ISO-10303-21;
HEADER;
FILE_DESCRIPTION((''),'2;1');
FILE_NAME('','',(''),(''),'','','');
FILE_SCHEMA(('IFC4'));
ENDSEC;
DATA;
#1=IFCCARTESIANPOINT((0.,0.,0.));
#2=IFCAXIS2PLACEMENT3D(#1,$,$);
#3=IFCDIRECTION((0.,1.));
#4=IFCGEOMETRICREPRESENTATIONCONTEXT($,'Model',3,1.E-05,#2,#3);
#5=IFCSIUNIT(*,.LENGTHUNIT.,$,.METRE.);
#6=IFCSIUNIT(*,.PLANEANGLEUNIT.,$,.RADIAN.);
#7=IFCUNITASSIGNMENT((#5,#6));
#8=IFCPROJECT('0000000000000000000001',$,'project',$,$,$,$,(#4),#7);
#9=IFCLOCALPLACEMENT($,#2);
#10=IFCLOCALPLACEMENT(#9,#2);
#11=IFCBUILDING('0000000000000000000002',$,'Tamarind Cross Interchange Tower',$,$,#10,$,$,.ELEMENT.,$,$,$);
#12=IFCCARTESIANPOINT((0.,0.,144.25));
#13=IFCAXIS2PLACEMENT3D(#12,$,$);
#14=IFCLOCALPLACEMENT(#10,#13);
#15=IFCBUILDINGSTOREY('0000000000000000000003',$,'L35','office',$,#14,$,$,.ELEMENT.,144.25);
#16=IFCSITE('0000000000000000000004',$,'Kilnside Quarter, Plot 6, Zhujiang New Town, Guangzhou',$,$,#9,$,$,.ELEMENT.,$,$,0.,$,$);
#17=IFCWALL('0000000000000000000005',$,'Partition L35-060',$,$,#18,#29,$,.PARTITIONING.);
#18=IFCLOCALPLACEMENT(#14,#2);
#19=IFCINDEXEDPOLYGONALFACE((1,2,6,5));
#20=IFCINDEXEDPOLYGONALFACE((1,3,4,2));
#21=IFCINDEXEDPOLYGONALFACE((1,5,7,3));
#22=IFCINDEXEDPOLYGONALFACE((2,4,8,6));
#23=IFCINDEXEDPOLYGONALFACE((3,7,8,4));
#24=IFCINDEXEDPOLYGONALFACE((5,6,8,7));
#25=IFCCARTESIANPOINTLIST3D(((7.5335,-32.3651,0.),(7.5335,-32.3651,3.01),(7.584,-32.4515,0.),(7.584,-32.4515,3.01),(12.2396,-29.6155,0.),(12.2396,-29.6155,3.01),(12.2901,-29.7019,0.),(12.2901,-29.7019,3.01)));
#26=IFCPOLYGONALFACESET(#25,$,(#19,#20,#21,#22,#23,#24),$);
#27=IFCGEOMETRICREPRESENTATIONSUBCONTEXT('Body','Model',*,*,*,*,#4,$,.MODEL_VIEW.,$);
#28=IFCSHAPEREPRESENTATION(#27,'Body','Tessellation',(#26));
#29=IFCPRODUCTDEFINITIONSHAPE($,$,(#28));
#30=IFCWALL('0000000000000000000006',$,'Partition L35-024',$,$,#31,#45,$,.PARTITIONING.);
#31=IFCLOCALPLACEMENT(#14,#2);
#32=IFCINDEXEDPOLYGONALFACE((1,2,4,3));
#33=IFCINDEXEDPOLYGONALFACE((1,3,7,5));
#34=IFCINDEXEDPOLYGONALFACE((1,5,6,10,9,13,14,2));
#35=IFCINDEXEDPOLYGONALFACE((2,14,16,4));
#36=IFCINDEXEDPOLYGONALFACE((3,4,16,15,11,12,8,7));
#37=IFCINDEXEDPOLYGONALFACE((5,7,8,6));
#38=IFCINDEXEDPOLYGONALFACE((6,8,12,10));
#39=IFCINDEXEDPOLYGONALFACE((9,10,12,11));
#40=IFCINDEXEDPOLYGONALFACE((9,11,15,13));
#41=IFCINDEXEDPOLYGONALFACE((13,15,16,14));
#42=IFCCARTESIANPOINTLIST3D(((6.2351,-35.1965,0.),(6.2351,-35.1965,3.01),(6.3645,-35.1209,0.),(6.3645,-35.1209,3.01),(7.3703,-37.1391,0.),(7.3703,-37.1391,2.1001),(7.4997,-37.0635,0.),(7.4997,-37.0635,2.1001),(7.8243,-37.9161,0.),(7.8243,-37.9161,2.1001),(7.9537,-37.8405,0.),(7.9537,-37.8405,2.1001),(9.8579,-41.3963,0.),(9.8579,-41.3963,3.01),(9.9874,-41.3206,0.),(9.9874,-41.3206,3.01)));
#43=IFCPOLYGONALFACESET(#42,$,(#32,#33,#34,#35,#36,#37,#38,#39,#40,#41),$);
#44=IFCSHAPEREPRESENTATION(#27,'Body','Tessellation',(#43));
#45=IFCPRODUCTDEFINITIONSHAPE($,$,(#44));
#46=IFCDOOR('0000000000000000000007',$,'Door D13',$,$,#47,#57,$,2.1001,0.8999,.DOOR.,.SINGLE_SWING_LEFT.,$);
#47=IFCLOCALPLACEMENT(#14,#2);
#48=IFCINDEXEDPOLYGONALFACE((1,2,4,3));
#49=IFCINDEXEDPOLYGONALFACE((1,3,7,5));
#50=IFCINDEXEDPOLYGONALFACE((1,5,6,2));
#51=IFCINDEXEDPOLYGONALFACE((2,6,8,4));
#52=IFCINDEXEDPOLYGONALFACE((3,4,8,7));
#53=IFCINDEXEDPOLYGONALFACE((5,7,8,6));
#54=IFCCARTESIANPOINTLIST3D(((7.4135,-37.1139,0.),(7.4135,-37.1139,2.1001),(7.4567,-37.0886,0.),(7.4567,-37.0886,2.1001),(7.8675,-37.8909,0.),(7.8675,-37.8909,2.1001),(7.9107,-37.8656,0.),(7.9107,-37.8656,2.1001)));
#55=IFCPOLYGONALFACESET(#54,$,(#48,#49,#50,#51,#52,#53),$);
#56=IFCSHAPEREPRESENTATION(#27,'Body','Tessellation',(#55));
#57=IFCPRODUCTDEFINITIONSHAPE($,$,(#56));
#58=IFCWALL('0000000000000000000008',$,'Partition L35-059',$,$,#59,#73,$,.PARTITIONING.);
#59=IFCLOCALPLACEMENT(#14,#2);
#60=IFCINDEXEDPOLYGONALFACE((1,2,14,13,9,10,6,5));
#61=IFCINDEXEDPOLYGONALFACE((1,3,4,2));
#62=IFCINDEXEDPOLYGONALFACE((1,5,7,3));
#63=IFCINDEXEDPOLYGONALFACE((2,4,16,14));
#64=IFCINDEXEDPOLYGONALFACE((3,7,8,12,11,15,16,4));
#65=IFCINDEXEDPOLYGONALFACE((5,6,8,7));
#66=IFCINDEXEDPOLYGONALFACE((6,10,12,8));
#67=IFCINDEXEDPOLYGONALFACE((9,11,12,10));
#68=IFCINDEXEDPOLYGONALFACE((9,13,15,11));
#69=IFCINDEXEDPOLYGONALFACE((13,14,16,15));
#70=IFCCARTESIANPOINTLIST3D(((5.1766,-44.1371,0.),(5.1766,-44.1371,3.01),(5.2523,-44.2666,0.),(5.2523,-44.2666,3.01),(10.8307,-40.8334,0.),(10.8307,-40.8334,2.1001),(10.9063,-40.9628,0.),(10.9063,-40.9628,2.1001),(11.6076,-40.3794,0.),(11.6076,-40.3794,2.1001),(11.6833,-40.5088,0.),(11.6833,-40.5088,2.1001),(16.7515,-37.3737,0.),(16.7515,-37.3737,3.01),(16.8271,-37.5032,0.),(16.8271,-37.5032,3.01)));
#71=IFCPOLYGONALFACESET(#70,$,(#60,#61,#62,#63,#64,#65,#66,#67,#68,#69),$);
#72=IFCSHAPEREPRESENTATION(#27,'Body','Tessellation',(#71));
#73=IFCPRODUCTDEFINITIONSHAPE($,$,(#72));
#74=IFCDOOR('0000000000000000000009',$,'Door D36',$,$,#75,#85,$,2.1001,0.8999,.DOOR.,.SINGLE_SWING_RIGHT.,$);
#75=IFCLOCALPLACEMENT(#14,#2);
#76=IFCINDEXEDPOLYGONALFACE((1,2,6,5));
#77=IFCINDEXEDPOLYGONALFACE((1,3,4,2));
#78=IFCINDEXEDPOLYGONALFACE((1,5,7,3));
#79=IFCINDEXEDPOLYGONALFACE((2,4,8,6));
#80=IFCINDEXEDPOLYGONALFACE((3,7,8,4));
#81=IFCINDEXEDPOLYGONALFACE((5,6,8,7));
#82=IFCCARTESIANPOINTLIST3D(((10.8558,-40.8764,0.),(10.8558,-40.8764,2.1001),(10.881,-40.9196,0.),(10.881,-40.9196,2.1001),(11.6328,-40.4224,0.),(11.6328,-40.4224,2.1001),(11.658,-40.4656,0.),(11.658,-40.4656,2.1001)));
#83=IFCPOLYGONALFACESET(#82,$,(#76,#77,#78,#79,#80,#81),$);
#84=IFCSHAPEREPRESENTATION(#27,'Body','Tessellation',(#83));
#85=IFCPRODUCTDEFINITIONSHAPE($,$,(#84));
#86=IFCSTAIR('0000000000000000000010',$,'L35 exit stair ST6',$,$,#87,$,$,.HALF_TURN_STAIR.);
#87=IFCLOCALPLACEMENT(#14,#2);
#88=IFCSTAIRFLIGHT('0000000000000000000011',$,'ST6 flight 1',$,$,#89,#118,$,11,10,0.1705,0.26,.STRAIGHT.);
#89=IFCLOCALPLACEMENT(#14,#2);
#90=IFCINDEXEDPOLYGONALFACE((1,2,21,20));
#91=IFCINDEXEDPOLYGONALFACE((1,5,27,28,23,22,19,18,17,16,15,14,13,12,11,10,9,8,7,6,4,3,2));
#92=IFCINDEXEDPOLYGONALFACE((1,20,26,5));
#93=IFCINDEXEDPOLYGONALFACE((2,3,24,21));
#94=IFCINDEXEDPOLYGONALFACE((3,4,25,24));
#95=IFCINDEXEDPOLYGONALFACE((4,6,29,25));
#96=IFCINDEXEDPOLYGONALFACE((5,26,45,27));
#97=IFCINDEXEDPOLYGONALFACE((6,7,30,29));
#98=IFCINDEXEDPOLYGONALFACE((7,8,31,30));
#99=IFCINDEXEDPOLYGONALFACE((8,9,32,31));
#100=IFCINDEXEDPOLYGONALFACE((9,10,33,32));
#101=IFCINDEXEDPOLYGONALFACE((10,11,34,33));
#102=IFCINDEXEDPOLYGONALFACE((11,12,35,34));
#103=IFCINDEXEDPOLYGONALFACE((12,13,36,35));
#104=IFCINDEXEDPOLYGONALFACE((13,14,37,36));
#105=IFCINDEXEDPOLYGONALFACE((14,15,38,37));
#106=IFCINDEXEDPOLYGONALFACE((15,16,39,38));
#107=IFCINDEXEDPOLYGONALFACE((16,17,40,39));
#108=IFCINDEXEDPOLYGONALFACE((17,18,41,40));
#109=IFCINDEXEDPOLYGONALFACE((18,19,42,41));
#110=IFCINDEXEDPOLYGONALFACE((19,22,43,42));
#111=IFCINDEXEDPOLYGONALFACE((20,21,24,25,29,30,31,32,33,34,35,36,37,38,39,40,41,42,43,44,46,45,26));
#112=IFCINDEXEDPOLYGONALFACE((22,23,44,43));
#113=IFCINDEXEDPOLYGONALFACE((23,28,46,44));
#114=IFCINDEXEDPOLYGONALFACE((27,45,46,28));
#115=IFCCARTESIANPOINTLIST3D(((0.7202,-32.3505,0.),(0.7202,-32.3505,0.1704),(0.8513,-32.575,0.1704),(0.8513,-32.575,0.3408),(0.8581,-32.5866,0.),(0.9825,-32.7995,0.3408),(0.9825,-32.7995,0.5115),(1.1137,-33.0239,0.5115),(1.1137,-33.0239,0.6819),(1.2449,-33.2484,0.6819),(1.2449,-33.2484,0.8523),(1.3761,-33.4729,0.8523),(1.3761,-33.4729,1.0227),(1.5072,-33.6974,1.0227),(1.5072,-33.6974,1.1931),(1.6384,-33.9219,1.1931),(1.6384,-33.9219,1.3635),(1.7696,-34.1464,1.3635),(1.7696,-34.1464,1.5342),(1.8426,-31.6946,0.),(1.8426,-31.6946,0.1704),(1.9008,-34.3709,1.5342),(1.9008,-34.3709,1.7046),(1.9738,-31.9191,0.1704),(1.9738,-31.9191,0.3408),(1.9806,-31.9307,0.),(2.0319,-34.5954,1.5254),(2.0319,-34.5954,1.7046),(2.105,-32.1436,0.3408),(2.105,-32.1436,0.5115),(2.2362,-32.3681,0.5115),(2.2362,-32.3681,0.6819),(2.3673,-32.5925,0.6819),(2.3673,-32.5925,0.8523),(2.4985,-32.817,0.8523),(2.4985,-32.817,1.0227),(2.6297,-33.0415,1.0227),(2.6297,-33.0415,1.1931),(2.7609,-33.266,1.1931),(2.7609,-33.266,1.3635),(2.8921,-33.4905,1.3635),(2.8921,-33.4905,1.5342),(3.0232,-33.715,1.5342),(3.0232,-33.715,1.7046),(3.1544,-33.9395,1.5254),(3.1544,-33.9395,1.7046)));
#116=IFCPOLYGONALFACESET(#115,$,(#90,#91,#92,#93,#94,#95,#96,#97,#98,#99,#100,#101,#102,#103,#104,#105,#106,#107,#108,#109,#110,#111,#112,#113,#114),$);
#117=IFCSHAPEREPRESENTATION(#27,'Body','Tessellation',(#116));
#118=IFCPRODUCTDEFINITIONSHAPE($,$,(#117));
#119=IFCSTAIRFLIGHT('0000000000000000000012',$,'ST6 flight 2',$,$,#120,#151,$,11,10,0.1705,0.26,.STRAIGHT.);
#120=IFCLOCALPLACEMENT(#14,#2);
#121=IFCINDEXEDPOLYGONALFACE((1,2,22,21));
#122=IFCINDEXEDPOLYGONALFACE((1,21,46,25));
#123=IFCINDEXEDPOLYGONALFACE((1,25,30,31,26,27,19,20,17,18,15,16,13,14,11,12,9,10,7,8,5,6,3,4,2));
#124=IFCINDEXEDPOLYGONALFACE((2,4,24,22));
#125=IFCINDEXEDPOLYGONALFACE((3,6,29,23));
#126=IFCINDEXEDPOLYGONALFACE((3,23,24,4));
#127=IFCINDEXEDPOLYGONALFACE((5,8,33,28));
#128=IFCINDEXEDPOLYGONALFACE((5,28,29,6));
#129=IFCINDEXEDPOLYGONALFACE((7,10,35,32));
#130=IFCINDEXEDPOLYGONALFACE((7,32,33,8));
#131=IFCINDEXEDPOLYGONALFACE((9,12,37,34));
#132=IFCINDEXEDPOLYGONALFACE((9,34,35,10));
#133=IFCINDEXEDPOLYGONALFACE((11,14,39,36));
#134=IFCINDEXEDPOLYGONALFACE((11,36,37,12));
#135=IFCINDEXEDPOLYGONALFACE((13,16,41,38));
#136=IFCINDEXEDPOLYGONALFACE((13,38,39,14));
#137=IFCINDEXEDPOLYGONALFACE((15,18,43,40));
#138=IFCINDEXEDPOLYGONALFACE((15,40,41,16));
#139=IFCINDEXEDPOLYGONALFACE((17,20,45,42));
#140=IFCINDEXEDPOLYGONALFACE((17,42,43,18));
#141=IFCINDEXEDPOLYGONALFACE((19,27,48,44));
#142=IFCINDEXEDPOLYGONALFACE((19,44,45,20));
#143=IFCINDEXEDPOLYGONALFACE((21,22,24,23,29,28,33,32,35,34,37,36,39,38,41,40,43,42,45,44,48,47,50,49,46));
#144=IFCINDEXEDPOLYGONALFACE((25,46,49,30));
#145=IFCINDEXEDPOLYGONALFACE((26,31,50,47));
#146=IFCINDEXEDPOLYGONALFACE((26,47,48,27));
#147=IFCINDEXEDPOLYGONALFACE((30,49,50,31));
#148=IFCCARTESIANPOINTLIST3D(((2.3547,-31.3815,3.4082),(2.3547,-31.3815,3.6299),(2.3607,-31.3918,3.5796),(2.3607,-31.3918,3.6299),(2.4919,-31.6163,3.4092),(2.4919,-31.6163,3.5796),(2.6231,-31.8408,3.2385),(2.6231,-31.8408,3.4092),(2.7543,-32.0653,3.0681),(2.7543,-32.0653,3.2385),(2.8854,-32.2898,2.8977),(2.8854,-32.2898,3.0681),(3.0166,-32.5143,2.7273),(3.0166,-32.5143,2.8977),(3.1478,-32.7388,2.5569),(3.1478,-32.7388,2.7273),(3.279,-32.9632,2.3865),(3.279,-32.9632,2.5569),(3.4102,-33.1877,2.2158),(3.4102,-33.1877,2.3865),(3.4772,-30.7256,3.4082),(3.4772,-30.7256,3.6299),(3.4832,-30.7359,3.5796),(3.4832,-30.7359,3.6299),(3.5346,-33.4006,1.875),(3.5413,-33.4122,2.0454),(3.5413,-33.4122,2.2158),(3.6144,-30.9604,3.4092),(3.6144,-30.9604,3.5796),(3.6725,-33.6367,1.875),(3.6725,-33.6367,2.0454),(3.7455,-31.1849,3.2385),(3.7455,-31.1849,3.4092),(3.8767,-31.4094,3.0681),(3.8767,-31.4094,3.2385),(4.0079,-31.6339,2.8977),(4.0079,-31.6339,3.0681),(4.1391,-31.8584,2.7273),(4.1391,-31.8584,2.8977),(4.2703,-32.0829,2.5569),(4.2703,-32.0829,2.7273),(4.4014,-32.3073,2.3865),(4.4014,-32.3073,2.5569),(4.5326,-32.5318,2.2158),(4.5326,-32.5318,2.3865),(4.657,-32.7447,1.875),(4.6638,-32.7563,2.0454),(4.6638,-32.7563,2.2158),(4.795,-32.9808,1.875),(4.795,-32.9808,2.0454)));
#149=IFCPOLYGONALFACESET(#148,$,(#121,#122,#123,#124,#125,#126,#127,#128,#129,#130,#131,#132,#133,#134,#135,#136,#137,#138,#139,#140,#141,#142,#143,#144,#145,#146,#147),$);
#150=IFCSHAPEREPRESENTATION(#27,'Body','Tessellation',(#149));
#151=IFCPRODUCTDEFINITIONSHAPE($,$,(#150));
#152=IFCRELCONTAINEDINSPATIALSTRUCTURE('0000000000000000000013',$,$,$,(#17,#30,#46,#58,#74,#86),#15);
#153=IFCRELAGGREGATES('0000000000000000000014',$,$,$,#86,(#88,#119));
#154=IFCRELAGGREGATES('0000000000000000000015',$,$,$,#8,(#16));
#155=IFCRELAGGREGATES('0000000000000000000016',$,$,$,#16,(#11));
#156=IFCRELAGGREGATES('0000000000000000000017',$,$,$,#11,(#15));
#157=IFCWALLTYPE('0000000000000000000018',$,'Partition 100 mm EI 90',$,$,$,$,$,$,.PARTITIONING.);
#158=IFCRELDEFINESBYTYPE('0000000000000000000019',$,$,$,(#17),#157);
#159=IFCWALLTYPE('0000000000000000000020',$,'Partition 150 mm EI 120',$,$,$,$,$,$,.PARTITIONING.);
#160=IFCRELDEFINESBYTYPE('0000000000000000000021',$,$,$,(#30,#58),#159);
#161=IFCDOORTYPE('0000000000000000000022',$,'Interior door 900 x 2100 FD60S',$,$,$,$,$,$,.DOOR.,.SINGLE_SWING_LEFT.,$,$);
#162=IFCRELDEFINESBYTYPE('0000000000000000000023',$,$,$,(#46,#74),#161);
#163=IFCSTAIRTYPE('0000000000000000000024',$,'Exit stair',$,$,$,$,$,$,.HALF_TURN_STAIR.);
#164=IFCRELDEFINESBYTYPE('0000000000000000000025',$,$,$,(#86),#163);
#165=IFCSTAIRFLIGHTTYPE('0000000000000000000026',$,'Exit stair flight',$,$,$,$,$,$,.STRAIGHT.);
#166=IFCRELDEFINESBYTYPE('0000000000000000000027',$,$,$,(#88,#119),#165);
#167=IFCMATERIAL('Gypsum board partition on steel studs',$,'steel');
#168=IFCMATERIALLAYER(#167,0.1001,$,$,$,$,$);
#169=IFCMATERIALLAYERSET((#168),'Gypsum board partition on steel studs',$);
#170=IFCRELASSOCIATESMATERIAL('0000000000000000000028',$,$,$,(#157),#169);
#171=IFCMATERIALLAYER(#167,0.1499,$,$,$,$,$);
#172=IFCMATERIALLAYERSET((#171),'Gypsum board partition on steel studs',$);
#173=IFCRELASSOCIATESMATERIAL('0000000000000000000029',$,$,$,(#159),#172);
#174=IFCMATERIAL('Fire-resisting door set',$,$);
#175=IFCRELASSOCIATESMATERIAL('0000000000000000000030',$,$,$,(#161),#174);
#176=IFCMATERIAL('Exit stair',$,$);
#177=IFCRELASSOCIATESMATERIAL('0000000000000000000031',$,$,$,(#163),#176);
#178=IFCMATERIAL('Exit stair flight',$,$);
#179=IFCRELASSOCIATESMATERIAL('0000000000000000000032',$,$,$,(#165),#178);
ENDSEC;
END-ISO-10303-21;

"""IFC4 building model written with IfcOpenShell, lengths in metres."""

from ifc_helpers import new_model, si_unit, direction, frame, frame_2d, origin, place, context, subcontext, project, spatial, polyline, rectangle, outline, extrude, material, layer, layer_set, type_object, element, fill, aggregate, save


model = new_model("IFC4")

# Units and contexts
model_context = context("Model", 3, precision=1e-05, world=origin(), true_north=direction((0.0, 1.0)))
body_context = subcontext(model_context, "Body", "Model", "MODEL_VIEW")
ifc_project = project(units=[si_unit("LENGTHUNIT", "METRE"), si_unit("PLANEANGLEUNIT", "RADIAN")], contexts=[model_context])

# Site, building, storey
site_placement = place(None, origin())
site = spatial("IfcSite", under=ifc_project, at=site_placement, Name="Kilnside Quarter, Plot 6, Zhujiang New Town, Guangzhou", CompositionType="ELEMENT", RefElevation=0.0)
building_placement = place(site_placement, origin())
building = spatial("IfcBuilding", under=site, at=building_placement, Name="Tamarind Cross Interchange Tower", CompositionType="ELEMENT")
storey_placement = place(building_placement, frame((0.0, 0.0, 144.25)))
storey = spatial("IfcBuildingStorey", under=building, at=storey_placement, Name="L35", Description="office", CompositionType="ELEMENT", Elevation=144.25)

# Wall
ifc_material_1 = material(Name="Gypsum board partition on steel studs", Category="steel")
ifc_layer_1 = layer(ifc_material_1, 0.1001)
ifc_layer_set_1 = layer_set([ifc_layer_1], Name="Gypsum board partition on steel studs")
wall_type_1 = type_object("IfcWallType", Name="Partition 100 mm EI 90", PredefinedType="PARTITIONING", material=ifc_layer_set_1)
wall_1_placement = place(storey_placement, frame((7.5588, -32.4082, 0.0), z_axis=(0.0, 0.0, 1.0), x_axis=(0.863434, 0.504461, 0.0)))
element("IfcWall", 1, at=wall_1_placement, inside=storey, type_object=wall_type_1, Name="Partition L35-060", PredefinedType="PARTITIONING", context=body_context, shape_type="SweptSolid", body=[
    extrude(rectangle(XDim=5.4504, YDim=0.1001, at=frame_2d((2.7251, 0.0))), origin(), (0.0, 0.0, 1.0), 3.01),
])

# Walls, openings, doors
ifc_layer_2 = layer(ifc_material_1, 0.1499)
ifc_layer_set_2 = layer_set([ifc_layer_2], Name="Gypsum board partition on steel studs")
wall_type_2 = type_object("IfcWallType", Name="Partition 150 mm EI 120", PredefinedType="PARTITIONING", material=ifc_layer_set_2)
wall_2_placement = place(storey_placement, frame((6.2998, -35.1587, 0.0), z_axis=(0.0, 0.0, 1.0), x_axis=(0.504526, -0.863396, 0.0)))
wall_2 = element("IfcWall", 2, at=wall_2_placement, inside=storey, type_object=wall_type_2, Name="Partition L35-024", PredefinedType="PARTITIONING", context=body_context, shape_type="SweptSolid", body=[
    extrude(rectangle(XDim=7.1807, YDim=0.1499, at=frame_2d((3.5903, 0.0))), origin(), (0.0, 0.0, 1.0), 3.01),
])
opening_1_placement = place(wall_2_placement, frame((2.25, 0.0, 0.0)))
opening_1 = element("IfcOpeningElement", 3, at=opening_1_placement, cuts=wall_2, PredefinedType="OPENING", context=body_context, shape_type="SweptSolid", body=[
    extrude(rectangle(XDim=0.8999, YDim=2.1001, at=frame_2d((0.45, 1.05))), frame((0.0, 0.085, 0.0), z_axis=(0.0, -1.0, 0.0), x_axis=(1.0, 0.0, 0.0)), (0.0, 0.0, 1.0), 0.1699),
])
ifc_material_2 = material(Name="Fire-resisting door set")
door_type = type_object("IfcDoorType", Name="Interior door 900 x 2100 FD60S", OperationType="SINGLE_SWING_LEFT", PredefinedType="DOOR", material=ifc_material_2)
door_1_placement = place(opening_1_placement, frame((0.8999, 0.0, 0.0), z_axis=(0.0, 0.0, 1.0), x_axis=(-1.0, 0.0, 0.0)))
door_1 = element("IfcDoor", 4, at=door_1_placement, inside=storey, type_object=door_type, Name="Door D13", OperationType="SINGLE_SWING_LEFT", OverallHeight=2.1001, OverallWidth=0.8999, PredefinedType="DOOR", context=body_context, shape_type="SweptSolid", body=[
    extrude(rectangle(XDim=0.8999, YDim=2.1001, at=frame_2d((0.45, 1.05))), frame((0.0, 0.0249, 0.0), z_axis=(0.0, -1.0, 0.0), x_axis=(1.0, 0.0, 0.0)), (0.0, 0.0, 1.0), 0.05),
])
fill(opening_1, door_1)
wall_3_placement = place(storey_placement, frame((5.2144, -44.2019, 0.0), z_axis=(0.0, 0.0, 1.0), x_axis=(0.863409, 0.504504, 0.0)))
wall_3 = element("IfcWall", 5, at=wall_3_placement, inside=storey, type_object=wall_type_2, Name="Partition L35-059", PredefinedType="PARTITIONING", context=body_context, shape_type="SweptSolid", body=[
    extrude(rectangle(XDim=13.406, YDim=0.1499, at=frame_2d((6.7031, 0.0))), origin(), (0.0, 0.0, 1.0), 3.01),
])
opening_2_placement = place(wall_3_placement, frame((6.5486, 0.0, 0.0)))
opening_2 = element("IfcOpeningElement", 6, at=opening_2_placement, cuts=wall_3, PredefinedType="OPENING", context=body_context, shape_type="SweptSolid", body=[
    extrude(rectangle(XDim=0.8999, YDim=2.1001, at=frame_2d((0.45, 1.05))), frame((0.0, 0.085, 0.0), z_axis=(0.0, -1.0, 0.0), x_axis=(1.0, 0.0, 0.0)), (0.0, 0.0, 1.0), 0.1699),
])
door_2_placement = place(opening_2_placement, frame((0.8999, 0.0, 0.0), z_axis=(0.0, 0.0, 1.0), x_axis=(-1.0, 0.0, 0.0)))
door_2 = element("IfcDoor", 7, at=door_2_placement, inside=storey, type_object=door_type, Name="Door D36", OperationType="SINGLE_SWING_RIGHT", OverallHeight=2.1001, OverallWidth=0.8999, PredefinedType="DOOR", context=body_context, shape_type="SweptSolid", body=[
    extrude(rectangle(XDim=0.8999, YDim=2.1001, at=frame_2d((0.45, 1.05))), frame((0.0, 0.0249, 0.0), z_axis=(0.0, -1.0, 0.0), x_axis=(1.0, 0.0, 0.0)), (0.0, 0.0, 1.0), 0.05),
])
fill(opening_2, door_2)

# Stair, stair flights
ifc_material_3 = material(Name="Exit stair")
stair_type = type_object("IfcStairType", Name="Exit stair", PredefinedType="HALF_TURN_STAIR", material=ifc_material_3)
stair_placement = place(storey_placement, origin())
stair = element("IfcStair", 8, at=stair_placement, inside=storey, type_object=stair_type, Name="L35 exit stair ST6", PredefinedType="HALF_TURN_STAIR")
ifc_material_4 = material(Name="Exit stair flight")
stair_flight_type = type_object("IfcStairFlightType", Name="Exit stair flight", PredefinedType="STRAIGHT", material=ifc_material_4)
stair_flight_1_placement = place(storey_placement, frame((1.2815, -32.0225, 0.0), z_axis=(0.0, 0.0, 1.0), x_axis=(0.504516, -0.863403, 0.0)))
stair_flight_1 = element("IfcStairFlight", 9, at=stair_flight_1_placement, type_object=stair_flight_type, Name="ST6 flight 1", NumberOfRisers=11, NumberOfTreads=10, PredefinedType="STRAIGHT", RiserHeight=0.1705, TreadLength=0.26, context=body_context, shape_type="SweptSolid", body=[
    extrude(outline(polyline([(0.0, 0.0), (0.0, 0.1704), (0.26, 0.1704), (0.26, 0.3408), (0.52, 0.3408), (0.52, 0.5115), (0.78, 0.5115), (0.78, 0.6819), (1.04, 0.6819), (1.04, 0.8523), (1.3, 0.8523), (1.3, 1.0227), (1.5601, 1.0227), (1.5601, 1.1931), (1.8201, 1.1931), (1.8201, 1.3635), (2.0801, 1.3635), (2.0801, 1.5342), (2.3401, 1.5342), (2.3401, 1.7046), (2.6001, 1.7046), (2.6001, 1.875), (2.6001, 1.5254), (0.2734, 0.0), (0.0, 0.0)])), frame((0.0, 0.6499, 0.0), z_axis=(0.0, -1.0, 0.0), x_axis=(1.0, 0.0, 0.0)), (0.0, 0.0, 1.0), 1.3),
])
stair_flight_2_placement = place(storey_placement, frame((4.2336, -33.3088, 1.875), z_axis=(0.0, 0.0, 1.0), x_axis=(-0.504516, 0.863403, 0.0)))
stair_flight_2 = element("IfcStairFlight", 10, at=stair_flight_2_placement, type_object=stair_flight_type, Name="ST6 flight 2", NumberOfRisers=11, NumberOfTreads=10, PredefinedType="STRAIGHT", RiserHeight=0.1705, TreadLength=0.26, context=body_context, shape_type="SweptSolid", body=[
    extrude(outline(polyline([(0.0, 0.0), (0.0, 0.1704), (0.26, 0.1704), (0.26, 0.3408), (0.52, 0.3408), (0.52, 0.5115), (0.78, 0.5115), (0.78, 0.6819), (1.04, 0.6819), (1.04, 0.8523), (1.3, 0.8523), (1.3, 1.0227), (1.5601, 1.0227), (1.5601, 1.1931), (1.8201, 1.1931), (1.8201, 1.3635), (2.0801, 1.3635), (2.0801, 1.5342), (2.3401, 1.5342), (2.3401, 1.7046), (2.6001, 1.7046), (2.6001, 1.7549), (2.6121, 1.7549), (2.6121, 1.5332), (0.2734, 0.0), (0.0, 0.0)])), frame((0.0, 0.6499, 0.0), z_axis=(0.0, -1.0, 0.0), x_axis=(1.0, 0.0, 0.0)), (0.0, 0.0, 1.0), 1.3),
])
aggregate(stair, [stair_flight_1, stair_flight_2])

save(model, "model.ifc")
